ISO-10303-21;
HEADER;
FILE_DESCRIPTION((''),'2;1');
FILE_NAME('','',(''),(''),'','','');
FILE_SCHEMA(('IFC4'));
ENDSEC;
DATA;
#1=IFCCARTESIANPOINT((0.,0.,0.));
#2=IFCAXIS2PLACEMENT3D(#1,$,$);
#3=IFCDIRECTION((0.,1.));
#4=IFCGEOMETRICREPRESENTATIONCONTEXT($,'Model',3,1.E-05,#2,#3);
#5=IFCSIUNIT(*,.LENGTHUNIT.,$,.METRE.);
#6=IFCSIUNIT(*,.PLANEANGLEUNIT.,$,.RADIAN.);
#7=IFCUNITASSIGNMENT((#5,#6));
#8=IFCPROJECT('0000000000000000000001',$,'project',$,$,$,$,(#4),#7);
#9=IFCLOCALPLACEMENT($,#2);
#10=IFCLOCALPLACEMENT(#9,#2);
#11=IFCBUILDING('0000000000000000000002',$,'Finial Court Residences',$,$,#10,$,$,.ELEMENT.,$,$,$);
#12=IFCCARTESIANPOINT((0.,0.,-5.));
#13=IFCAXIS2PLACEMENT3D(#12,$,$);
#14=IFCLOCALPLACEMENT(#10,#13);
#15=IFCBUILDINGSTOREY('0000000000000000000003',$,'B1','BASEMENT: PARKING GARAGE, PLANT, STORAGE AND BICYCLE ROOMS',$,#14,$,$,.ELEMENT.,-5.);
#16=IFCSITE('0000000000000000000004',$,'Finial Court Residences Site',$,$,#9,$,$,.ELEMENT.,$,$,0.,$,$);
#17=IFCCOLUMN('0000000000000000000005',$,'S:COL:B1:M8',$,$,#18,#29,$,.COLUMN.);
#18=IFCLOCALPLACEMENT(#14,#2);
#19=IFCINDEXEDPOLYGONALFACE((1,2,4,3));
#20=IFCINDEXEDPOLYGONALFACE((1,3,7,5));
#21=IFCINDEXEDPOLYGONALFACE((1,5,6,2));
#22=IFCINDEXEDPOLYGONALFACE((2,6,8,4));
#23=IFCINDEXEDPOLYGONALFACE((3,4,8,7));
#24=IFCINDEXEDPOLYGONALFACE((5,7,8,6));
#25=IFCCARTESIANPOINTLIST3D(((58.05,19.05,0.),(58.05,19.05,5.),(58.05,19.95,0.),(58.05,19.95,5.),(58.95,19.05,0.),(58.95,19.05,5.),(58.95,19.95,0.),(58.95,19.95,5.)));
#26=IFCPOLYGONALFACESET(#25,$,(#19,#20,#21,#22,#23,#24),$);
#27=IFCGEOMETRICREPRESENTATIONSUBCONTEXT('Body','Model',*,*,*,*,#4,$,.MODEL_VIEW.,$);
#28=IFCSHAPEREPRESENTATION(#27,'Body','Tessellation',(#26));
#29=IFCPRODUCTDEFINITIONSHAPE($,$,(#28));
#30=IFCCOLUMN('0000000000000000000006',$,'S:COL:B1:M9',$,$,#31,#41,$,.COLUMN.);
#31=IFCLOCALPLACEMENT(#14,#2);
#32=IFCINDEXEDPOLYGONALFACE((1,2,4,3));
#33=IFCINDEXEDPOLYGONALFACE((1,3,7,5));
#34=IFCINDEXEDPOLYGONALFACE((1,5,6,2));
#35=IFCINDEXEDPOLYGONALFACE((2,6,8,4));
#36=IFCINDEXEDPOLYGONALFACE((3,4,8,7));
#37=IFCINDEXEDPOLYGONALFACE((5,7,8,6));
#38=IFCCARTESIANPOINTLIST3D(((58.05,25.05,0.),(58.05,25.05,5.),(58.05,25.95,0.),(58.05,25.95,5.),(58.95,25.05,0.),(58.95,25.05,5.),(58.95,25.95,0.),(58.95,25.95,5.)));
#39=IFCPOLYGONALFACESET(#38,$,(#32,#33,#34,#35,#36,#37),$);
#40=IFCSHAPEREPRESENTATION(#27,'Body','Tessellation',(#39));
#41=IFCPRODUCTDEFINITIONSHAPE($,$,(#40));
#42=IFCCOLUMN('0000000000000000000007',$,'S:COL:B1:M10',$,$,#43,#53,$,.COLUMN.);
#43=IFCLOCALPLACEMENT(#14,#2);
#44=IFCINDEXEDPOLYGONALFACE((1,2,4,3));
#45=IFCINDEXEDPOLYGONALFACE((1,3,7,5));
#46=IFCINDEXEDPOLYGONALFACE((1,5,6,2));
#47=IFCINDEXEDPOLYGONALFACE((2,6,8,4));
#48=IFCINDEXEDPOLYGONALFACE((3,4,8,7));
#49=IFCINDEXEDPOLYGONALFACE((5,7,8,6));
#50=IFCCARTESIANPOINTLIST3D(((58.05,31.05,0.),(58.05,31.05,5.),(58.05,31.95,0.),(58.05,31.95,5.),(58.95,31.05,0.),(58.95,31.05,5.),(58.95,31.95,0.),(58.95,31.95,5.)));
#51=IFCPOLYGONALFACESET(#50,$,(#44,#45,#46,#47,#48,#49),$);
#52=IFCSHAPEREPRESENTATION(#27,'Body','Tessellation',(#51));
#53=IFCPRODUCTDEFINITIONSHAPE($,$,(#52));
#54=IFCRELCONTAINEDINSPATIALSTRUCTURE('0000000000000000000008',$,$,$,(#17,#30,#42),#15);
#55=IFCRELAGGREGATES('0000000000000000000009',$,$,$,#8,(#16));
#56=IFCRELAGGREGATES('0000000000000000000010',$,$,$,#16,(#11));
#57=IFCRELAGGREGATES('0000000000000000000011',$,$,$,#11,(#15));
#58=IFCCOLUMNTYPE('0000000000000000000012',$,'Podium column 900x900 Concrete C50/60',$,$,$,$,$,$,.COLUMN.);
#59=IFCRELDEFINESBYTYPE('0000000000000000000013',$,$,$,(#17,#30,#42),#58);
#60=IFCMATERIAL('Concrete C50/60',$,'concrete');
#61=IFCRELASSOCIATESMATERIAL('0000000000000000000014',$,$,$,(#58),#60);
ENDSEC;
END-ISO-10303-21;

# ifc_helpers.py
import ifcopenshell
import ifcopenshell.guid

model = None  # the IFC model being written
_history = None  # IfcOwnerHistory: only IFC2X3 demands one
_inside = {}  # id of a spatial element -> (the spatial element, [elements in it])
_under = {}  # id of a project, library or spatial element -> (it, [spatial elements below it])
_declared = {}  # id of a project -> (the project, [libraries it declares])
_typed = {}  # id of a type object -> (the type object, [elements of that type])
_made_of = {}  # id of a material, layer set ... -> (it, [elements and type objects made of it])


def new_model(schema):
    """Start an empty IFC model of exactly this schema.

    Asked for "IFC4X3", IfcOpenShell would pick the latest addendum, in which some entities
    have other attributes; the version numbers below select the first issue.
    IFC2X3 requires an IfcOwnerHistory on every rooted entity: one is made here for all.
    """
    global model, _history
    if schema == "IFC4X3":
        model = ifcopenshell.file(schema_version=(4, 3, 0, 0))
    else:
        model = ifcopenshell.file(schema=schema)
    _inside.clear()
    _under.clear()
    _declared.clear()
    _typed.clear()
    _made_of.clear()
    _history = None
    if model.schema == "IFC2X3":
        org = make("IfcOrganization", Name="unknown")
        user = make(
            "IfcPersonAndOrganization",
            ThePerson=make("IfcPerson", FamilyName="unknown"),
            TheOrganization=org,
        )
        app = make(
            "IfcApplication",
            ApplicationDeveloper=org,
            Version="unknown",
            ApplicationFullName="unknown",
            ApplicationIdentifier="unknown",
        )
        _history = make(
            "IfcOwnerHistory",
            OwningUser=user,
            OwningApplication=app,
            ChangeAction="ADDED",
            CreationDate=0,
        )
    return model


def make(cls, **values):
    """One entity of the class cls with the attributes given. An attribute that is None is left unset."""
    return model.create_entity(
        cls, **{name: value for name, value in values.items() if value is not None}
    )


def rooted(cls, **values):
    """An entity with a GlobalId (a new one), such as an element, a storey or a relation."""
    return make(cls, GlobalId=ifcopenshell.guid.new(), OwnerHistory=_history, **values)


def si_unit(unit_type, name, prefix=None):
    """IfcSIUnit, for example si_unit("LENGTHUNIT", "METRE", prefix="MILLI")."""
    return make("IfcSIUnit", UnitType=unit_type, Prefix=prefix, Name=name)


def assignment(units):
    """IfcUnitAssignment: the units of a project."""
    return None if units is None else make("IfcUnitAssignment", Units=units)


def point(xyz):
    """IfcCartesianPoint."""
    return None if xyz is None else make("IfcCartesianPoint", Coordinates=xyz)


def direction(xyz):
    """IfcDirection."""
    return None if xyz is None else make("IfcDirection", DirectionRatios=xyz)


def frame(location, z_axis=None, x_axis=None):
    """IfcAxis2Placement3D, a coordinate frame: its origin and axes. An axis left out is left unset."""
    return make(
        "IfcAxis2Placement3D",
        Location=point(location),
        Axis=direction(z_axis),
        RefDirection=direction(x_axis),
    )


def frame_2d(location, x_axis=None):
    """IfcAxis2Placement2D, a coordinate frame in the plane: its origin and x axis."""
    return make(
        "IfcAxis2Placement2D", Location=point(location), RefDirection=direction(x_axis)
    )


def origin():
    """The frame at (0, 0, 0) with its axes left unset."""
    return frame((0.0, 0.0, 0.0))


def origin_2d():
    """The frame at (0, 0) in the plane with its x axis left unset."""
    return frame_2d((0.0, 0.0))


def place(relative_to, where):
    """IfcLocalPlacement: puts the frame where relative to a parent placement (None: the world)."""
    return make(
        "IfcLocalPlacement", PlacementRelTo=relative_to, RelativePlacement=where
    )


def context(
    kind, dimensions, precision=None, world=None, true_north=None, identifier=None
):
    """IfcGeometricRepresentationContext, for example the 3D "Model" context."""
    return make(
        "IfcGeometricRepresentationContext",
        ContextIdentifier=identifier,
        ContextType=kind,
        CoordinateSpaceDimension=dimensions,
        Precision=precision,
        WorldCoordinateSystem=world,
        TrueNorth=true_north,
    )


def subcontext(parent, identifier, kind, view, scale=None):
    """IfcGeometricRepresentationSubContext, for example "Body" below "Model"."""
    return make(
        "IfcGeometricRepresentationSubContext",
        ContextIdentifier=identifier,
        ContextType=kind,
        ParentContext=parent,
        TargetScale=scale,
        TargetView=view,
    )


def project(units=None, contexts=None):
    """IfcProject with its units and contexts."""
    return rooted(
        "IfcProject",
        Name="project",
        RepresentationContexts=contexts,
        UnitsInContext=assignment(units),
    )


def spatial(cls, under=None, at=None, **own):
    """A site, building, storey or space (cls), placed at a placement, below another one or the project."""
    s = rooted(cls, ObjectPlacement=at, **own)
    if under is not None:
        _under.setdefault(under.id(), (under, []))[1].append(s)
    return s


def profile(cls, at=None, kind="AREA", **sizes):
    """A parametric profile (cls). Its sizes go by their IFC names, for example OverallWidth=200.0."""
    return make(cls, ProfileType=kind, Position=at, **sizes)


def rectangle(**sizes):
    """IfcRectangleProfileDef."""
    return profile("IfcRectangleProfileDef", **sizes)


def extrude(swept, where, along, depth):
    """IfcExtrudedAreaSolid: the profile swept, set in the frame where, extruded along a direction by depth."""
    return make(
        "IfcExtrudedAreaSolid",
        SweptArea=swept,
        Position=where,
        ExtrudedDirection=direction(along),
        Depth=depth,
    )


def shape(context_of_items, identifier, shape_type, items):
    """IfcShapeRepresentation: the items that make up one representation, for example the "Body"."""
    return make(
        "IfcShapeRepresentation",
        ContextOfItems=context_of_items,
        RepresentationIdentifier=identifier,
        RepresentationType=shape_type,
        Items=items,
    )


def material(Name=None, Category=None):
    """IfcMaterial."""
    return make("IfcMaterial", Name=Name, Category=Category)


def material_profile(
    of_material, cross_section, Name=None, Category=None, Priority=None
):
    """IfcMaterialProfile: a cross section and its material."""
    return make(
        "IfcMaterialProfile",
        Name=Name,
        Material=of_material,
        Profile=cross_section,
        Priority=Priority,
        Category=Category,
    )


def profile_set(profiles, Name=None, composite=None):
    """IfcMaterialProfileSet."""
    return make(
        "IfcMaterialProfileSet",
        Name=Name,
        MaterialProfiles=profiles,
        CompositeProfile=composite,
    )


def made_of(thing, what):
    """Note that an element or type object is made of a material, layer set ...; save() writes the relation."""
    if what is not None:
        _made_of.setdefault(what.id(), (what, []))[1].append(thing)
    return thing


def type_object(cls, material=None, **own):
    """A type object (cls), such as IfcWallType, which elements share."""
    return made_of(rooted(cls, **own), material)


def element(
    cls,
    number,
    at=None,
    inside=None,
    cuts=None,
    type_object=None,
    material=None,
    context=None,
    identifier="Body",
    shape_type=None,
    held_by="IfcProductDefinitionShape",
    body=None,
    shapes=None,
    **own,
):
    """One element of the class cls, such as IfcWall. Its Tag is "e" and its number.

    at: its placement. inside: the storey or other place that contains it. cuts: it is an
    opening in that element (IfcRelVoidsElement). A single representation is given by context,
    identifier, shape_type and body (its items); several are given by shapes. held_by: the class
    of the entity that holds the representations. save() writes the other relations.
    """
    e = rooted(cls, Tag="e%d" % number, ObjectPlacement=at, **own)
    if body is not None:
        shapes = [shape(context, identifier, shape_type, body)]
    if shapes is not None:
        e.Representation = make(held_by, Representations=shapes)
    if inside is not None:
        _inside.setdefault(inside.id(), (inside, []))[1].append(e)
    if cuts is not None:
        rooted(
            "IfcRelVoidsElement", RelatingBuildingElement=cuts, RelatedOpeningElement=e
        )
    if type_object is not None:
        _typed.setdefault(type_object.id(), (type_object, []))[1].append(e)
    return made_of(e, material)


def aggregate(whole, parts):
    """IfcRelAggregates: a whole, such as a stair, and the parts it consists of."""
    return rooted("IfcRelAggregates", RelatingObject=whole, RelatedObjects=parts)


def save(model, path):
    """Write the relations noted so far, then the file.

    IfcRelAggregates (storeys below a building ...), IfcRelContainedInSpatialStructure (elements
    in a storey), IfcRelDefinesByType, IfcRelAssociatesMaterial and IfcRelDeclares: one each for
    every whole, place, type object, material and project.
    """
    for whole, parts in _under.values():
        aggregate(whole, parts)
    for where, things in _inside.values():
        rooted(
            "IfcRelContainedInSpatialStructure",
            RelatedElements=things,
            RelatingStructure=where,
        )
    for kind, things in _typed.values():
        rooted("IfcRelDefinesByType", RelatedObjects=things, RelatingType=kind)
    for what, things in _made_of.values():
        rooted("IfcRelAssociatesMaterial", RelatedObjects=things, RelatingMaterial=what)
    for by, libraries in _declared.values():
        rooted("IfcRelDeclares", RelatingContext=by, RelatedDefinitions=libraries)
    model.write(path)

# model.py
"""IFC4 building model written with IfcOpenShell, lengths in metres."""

from ifc_helpers import new_model, si_unit, direction, frame, origin, origin_2d, place, context, subcontext, project, spatial, rectangle, extrude, material, material_profile, profile_set, type_object, element, save


model = new_model("IFC4")

# Units and contexts
model_context = context("Model", 3, precision=1e-05, world=origin(), true_north=direction((0.0, 1.0)))
body_context = subcontext(model_context, "Body", "Model", "MODEL_VIEW")
ifc_project = project(units=[si_unit("LENGTHUNIT", "METRE"), si_unit("PLANEANGLEUNIT", "RADIAN")], contexts=[model_context])

# Site, building, storey
site_placement = place(None, origin())
site = spatial("IfcSite", under=ifc_project, at=site_placement, Name="Finial Court Residences Site", CompositionType="ELEMENT", RefElevation=0.0)
building_placement = place(site_placement, origin())
building = spatial("IfcBuilding", under=site, at=building_placement, Name="Finial Court Residences", CompositionType="ELEMENT")
storey_placement = place(building_placement, frame((0.0, 0.0, -5.0)))
storey = spatial("IfcBuildingStorey", under=building, at=storey_placement, Name="B1", Description="BASEMENT: PARKING GARAGE, PLANT, STORAGE AND BICYCLE ROOMS", CompositionType="ELEMENT", Elevation=-5.0)

# Columns
ifc_material_1 = material(Name="Concrete C50/60", Category="concrete")
ifc_material_profile_1 = material_profile(ifc_material_1, rectangle(XDim=0.8999, YDim=0.8999, at=origin_2d()), Name="900x900")
ifc_profile_set_1 = profile_set([ifc_material_profile_1], Name="Concrete C50/60")
column_type = type_object("IfcColumnType", Name="Podium column 900x900 Concrete C50/60", PredefinedType="COLUMN", material=ifc_profile_set_1)
for number, where, z_axis, x_axis, name in (
    (1, (58.5, 19.5, 0.0), (0.0, 0.0, 1.0), (1.0, 0.0, 0.0), "S:COL:B1:M8"),
    (2, (58.5, 25.5, 0.0), (0.0, 0.0, 1.0), (1.0, 0.0, 0.0), "S:COL:B1:M9"),
    (3, (58.5, 31.5, 0.0), (0.0, 0.0, 1.0), (1.0, 0.0, 0.0), "S:COL:B1:M10"),
):
    element("IfcColumn", number, at=place(storey_placement, frame(where, z_axis=z_axis, x_axis=x_axis)), inside=storey, type_object=column_type, Name=name, PredefinedType="COLUMN", context=body_context, shape_type="SweptSolid", body=[
        extrude(rectangle(XDim=0.8999, YDim=0.8999, at=origin_2d()), origin(), (0.0, 0.0, 1.0), 5.0),
    ])

save(model, "model.ifc")
